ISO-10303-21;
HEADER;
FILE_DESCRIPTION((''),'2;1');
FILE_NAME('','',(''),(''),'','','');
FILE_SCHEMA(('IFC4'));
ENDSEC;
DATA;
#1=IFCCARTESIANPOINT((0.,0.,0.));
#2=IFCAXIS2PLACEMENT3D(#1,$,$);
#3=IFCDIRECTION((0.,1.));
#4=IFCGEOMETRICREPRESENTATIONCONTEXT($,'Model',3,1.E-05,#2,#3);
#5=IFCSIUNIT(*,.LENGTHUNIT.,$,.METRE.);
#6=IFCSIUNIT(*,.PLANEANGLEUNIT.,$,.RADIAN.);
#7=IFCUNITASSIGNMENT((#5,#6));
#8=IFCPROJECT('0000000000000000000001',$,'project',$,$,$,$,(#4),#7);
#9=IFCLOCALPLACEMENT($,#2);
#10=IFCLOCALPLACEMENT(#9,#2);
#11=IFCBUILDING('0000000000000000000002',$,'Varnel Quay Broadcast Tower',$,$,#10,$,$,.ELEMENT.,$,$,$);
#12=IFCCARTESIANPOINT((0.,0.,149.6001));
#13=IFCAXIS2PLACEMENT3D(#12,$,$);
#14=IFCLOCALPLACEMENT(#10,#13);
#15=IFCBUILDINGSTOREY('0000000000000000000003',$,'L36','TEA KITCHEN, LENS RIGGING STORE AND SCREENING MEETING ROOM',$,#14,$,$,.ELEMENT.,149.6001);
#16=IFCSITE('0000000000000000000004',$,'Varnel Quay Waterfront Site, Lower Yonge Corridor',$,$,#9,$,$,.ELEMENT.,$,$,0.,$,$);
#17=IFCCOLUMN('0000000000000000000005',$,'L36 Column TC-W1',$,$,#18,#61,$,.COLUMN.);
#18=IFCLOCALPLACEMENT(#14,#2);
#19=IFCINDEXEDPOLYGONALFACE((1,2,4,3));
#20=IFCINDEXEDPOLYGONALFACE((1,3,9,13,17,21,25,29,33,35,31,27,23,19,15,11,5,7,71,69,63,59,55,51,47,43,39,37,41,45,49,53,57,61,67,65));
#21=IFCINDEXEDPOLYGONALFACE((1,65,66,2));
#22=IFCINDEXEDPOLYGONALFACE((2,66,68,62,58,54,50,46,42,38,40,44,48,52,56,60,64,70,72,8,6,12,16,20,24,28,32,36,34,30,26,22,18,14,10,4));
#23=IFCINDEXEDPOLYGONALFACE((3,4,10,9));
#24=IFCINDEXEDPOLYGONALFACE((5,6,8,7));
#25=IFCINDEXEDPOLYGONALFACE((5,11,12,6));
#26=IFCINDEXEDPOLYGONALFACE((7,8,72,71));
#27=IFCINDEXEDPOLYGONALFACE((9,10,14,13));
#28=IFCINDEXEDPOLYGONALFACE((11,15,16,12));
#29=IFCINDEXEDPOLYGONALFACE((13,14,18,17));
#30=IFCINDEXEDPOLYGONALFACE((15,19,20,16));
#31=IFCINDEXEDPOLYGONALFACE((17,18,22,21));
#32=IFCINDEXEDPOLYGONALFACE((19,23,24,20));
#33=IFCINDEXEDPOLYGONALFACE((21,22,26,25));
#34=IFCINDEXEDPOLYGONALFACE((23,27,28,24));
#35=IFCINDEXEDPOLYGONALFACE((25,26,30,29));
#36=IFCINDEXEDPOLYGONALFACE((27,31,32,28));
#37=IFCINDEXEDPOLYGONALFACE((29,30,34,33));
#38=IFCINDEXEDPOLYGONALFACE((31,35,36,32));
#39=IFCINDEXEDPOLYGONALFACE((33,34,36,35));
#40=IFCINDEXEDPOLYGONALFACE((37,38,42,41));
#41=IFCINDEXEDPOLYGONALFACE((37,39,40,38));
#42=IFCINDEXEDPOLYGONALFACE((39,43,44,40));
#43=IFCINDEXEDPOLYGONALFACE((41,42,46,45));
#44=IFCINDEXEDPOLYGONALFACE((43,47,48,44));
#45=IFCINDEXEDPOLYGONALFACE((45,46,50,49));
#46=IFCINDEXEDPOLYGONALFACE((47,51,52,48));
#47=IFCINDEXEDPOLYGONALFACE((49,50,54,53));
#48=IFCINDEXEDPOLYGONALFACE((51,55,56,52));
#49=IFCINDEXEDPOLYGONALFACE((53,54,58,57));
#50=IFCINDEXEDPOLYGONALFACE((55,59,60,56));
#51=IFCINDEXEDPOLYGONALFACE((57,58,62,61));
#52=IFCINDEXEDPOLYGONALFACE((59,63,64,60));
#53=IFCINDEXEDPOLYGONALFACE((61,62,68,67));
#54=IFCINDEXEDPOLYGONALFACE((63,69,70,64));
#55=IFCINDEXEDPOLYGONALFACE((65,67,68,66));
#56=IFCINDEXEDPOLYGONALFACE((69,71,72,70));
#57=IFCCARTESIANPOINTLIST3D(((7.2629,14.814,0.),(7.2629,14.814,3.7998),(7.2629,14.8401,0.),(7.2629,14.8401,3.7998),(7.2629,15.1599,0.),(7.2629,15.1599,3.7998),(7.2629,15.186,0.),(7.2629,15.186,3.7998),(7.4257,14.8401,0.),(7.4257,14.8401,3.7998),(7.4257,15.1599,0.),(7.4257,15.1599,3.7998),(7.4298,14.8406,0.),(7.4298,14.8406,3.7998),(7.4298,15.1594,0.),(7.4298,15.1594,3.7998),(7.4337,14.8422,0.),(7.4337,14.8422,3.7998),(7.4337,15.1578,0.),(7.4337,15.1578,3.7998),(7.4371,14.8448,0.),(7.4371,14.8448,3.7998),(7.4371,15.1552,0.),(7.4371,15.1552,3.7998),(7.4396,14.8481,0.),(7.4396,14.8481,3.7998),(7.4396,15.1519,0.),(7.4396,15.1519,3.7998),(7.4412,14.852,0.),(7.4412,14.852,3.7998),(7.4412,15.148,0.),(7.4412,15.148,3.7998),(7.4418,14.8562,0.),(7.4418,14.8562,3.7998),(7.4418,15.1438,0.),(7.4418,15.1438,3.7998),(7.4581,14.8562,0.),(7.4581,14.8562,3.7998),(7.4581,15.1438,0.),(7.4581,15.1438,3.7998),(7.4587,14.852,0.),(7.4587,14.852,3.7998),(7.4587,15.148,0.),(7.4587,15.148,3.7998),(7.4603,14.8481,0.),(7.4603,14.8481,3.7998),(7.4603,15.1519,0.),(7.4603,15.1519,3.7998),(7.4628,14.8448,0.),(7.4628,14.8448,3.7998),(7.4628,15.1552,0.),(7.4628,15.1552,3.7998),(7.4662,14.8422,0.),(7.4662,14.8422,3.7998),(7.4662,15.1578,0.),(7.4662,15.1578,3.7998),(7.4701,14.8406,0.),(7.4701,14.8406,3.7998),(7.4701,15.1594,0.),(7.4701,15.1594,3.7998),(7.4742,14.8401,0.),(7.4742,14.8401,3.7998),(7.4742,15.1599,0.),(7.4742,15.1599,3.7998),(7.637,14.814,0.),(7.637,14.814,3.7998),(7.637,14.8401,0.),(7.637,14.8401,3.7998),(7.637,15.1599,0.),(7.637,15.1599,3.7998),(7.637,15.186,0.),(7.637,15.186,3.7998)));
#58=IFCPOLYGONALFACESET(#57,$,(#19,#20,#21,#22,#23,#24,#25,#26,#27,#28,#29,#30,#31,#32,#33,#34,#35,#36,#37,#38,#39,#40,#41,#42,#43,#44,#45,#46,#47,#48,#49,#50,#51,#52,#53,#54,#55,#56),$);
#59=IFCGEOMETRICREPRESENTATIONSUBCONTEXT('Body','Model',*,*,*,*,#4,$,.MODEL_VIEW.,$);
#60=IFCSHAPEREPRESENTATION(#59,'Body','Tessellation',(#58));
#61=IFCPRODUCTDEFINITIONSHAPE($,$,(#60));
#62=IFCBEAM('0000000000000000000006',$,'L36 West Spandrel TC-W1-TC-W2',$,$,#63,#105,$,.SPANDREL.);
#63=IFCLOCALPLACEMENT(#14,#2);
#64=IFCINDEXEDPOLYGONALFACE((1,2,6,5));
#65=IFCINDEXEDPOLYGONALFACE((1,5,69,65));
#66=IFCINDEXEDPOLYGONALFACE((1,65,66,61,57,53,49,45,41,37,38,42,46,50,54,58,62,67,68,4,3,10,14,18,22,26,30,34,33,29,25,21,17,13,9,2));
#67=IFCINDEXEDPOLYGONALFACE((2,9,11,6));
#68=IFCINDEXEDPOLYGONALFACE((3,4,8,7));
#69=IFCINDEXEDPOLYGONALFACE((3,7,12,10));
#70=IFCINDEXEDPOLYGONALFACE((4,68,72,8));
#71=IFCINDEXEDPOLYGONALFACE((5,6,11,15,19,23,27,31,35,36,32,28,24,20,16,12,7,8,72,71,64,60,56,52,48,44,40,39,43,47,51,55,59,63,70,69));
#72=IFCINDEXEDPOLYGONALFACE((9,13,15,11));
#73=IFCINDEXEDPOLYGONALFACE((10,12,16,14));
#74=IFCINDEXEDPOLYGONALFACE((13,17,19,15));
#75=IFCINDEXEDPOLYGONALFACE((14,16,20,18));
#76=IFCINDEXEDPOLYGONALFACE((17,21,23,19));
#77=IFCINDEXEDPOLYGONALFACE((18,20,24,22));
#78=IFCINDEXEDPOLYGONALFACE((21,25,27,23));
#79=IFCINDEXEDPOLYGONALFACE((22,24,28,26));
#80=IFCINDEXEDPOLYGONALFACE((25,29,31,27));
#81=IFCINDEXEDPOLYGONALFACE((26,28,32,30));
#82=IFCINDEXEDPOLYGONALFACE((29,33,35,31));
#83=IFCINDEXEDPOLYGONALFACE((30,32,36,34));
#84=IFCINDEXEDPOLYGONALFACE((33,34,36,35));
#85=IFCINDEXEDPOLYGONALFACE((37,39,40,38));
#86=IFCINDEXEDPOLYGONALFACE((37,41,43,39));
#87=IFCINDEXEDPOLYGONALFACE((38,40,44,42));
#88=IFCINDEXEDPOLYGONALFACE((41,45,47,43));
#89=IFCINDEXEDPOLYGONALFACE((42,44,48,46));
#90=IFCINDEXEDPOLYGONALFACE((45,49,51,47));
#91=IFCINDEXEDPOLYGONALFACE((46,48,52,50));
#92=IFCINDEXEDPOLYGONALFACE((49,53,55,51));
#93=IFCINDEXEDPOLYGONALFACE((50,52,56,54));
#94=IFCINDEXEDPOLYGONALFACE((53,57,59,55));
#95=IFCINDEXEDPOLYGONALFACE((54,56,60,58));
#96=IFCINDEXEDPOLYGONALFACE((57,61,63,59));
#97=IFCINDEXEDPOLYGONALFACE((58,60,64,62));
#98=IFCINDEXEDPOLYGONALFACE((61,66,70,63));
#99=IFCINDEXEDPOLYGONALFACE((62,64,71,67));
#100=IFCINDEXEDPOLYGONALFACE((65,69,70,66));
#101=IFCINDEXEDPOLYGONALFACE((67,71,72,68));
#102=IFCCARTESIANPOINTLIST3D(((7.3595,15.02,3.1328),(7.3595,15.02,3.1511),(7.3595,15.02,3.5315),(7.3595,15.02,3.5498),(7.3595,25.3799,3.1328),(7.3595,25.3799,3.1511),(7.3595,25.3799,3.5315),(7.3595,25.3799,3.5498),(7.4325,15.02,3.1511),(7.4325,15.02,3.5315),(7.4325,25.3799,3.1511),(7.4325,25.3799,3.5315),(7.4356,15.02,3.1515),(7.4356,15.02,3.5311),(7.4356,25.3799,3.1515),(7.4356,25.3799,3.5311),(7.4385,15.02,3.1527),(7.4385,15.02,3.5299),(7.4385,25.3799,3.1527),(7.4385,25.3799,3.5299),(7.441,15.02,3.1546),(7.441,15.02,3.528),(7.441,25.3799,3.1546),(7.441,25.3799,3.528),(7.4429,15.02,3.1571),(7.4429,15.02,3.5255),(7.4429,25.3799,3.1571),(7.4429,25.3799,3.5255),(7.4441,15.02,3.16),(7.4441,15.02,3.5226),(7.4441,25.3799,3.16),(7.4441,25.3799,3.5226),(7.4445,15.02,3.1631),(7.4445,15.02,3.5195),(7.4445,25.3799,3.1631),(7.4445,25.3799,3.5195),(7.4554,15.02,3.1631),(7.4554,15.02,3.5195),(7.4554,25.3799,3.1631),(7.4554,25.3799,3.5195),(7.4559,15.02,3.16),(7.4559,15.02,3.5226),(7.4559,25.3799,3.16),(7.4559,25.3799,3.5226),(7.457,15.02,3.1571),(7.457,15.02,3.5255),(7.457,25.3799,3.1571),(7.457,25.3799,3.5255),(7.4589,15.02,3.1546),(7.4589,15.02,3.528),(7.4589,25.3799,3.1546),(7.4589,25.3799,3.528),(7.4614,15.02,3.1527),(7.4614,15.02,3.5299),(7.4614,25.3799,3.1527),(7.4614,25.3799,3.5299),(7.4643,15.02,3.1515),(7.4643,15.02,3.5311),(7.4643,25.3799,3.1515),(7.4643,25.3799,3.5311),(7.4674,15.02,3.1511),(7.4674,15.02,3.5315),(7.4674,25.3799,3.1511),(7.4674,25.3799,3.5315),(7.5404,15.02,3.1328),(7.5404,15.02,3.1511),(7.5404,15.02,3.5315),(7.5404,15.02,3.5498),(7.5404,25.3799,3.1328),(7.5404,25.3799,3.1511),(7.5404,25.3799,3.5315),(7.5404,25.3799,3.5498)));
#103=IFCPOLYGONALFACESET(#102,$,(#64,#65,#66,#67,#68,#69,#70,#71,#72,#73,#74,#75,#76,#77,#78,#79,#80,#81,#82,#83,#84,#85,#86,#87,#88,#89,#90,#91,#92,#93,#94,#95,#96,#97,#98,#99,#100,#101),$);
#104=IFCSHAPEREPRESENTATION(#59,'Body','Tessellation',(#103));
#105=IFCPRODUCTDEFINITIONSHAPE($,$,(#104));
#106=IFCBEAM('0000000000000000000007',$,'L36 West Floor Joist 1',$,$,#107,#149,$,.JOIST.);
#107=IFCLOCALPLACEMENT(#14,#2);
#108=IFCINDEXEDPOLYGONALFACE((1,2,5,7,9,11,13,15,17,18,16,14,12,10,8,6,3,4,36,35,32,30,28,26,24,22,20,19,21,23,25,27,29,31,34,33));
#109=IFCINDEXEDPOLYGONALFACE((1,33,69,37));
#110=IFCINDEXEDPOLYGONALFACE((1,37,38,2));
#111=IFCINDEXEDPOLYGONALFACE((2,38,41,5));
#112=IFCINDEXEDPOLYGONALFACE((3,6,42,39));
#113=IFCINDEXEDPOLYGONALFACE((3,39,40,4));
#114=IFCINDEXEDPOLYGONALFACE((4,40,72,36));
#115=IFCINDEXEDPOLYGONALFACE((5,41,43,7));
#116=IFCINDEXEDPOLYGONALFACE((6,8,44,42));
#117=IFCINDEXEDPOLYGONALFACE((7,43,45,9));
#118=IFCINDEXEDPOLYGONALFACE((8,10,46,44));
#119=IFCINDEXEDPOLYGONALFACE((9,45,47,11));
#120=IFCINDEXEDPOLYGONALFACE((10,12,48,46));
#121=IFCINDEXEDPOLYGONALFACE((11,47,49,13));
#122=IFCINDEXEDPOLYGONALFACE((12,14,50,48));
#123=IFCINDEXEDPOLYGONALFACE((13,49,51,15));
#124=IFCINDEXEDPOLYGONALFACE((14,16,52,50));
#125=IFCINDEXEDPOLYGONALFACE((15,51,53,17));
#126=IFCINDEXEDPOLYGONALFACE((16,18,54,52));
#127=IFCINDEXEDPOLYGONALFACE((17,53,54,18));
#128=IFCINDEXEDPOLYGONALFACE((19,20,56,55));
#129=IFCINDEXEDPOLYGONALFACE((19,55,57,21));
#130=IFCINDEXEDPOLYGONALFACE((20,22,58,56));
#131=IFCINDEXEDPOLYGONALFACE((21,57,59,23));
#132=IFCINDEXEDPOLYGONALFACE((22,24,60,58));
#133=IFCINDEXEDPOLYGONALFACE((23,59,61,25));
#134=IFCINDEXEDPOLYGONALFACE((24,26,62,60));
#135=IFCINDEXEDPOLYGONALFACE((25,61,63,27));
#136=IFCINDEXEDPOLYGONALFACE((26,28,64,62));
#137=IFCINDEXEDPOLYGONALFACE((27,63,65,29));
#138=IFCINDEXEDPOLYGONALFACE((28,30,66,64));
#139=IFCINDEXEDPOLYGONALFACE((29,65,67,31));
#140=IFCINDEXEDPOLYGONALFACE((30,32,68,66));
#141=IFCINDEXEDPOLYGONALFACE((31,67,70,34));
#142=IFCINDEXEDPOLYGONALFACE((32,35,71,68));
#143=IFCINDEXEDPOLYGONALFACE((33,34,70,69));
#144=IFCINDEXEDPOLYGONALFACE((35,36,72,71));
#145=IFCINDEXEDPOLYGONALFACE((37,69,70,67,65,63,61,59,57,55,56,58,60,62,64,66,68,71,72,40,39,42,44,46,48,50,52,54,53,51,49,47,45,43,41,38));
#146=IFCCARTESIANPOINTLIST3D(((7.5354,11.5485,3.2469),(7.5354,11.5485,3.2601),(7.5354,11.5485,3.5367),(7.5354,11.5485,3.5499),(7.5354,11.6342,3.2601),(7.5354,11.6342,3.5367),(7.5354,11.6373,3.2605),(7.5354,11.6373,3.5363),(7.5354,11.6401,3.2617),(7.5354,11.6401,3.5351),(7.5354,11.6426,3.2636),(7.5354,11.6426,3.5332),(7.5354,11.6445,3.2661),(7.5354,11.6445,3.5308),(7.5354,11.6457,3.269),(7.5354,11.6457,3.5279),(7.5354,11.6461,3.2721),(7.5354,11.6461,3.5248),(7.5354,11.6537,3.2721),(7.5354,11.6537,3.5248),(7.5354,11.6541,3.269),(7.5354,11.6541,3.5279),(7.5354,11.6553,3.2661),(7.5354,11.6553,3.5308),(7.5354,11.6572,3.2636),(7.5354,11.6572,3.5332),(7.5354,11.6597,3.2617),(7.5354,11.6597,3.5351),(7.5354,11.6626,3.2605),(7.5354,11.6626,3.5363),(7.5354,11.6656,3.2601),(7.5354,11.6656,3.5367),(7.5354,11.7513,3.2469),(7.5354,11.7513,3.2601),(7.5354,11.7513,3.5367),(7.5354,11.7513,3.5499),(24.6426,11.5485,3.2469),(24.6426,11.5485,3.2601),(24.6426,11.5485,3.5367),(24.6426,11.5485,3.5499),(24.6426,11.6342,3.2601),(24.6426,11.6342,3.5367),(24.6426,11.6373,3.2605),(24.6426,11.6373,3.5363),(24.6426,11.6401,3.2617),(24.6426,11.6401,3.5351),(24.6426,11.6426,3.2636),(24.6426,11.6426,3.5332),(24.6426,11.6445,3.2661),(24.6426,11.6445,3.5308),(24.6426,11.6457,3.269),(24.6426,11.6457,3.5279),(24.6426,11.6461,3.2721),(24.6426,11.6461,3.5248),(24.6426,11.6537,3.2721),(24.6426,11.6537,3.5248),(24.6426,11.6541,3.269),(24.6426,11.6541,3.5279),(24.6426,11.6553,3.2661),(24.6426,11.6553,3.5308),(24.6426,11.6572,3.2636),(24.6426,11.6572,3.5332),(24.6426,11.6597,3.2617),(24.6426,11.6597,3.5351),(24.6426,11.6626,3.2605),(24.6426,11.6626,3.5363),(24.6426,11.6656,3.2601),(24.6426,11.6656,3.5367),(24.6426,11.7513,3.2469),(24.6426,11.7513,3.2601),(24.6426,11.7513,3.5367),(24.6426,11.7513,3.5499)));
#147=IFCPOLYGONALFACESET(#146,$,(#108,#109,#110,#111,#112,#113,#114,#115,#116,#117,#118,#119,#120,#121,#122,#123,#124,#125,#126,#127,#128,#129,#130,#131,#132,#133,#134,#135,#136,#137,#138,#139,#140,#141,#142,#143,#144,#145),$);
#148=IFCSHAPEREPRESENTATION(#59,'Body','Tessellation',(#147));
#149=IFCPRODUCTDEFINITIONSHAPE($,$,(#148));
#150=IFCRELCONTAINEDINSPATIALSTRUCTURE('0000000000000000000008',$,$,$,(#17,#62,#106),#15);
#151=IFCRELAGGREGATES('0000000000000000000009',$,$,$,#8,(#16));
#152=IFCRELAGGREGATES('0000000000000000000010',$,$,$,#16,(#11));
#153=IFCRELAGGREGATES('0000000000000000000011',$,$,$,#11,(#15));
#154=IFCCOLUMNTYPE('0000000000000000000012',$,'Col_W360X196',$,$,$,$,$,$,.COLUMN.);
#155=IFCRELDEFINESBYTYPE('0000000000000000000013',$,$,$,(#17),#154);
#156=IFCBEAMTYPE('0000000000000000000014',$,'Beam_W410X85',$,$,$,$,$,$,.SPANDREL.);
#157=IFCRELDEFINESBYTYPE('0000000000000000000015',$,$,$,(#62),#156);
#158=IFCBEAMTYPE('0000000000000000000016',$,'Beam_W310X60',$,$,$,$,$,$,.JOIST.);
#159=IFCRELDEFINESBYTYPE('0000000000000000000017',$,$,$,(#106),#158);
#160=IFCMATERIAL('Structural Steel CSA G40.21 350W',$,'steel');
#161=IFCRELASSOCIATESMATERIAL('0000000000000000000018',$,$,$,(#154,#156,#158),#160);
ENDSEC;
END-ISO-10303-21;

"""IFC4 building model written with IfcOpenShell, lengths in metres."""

from ifc_helpers import new_model, si_unit, direction, frame, origin, origin_2d, place, context, subcontext, project, spatial, i_section, extrude, source, transform, mapped, material, material_profile, profile_set, type_object, type_shapes, element, save


model = new_model("IFC4")

# Units and contexts
model_context = context("Model", 3, precision=1e-05, world=origin(), true_north=direction((0.0, 1.0)))
body_context = subcontext(model_context, "Body", "Model", "MODEL_VIEW")
ifc_project = project(units=[si_unit("LENGTHUNIT", "METRE"), si_unit("PLANEANGLEUNIT", "RADIAN")], contexts=[model_context])

# Site, building, storey
site_placement = place(None, origin())
site = spatial("IfcSite", under=ifc_project, at=site_placement, Name="Varnel Quay Waterfront Site, Lower Yonge Corridor", CompositionType="ELEMENT", RefElevation=0.0)
building_placement = place(site_placement, origin())
building = spatial("IfcBuilding", under=site, at=building_placement, Name="Varnel Quay Broadcast Tower", CompositionType="ELEMENT")
storey_placement = place(building_placement, frame((0.0, 0.0, 149.6001)))
storey = spatial("IfcBuildingStorey", under=building, at=storey_placement, Name="L36", Description="TEA KITCHEN, LENS RIGGING STORE AND SCREENING MEETING ROOM", CompositionType="ELEMENT", Elevation=149.6001)

# Column
ifc_material_1 = material(Name="Structural Steel CSA G40.21 350W", Category="steel")
ifc_material_profile_1 = material_profile(ifc_material_1, i_section(OverallWidth=0.374, OverallDepth=0.3721, WebThickness=0.0164, FlangeThickness=0.0261, FilletRadius=0.0161, at=origin_2d()), Name="W360X196")
ifc_profile_set_1 = profile_set([ifc_material_profile_1], Name="Structural Steel CSA G40.21 350W")
column_type = type_object("IfcColumnType", Name="Col_W360X196", PredefinedType="COLUMN", material=ifc_profile_set_1)
shared_shape_1 = source(origin(), body_context, "Body", "SweptSolid", [
    extrude(i_section(OverallWidth=0.374, OverallDepth=0.3721, WebThickness=0.0164, FlangeThickness=0.0261, FilletRadius=0.0161, at=origin_2d()), origin(), (0.0, 0.0, 1.0), 3.7998),
])
type_shapes(column_type, [shared_shape_1])
column_placement = place(storey_placement, frame((7.45, 15.0, 0.0), z_axis=(0.0, 0.0, 1.0), x_axis=(1.0, 0.0, 0.0)))
element("IfcColumn", 1, at=column_placement, inside=storey, type_object=column_type, Name="L36 Column TC-W1", PredefinedType="COLUMN", context=body_context, shape_type="MappedRepresentation", body=[
    mapped(shared_shape_1, transform((0.0, 0.0, 0.0), x_axis=(1.0, 0.0, 0.0), y_axis=(0.0, 1.0, 0.0), z_axis=(0.0, 0.0, 1.0), scale=1.0)),
])

# Beams
ifc_material_profile_2 = material_profile(ifc_material_1, i_section(OverallWidth=0.1809, OverallDepth=0.417, WebThickness=0.011, FlangeThickness=0.0183, FilletRadius=0.012, at=origin_2d()), Name="W410X85")
ifc_profile_set_2 = profile_set([ifc_material_profile_2], Name="Structural Steel CSA G40.21 350W")
beam_type_1 = type_object("IfcBeamType", Name="Beam_W410X85", PredefinedType="SPANDREL", material=ifc_profile_set_2)
shared_shape_2 = source(origin(), body_context, "Body", "SweptSolid", [
    extrude(i_section(OverallWidth=0.1809, OverallDepth=0.417, WebThickness=0.011, FlangeThickness=0.0183, FilletRadius=0.012, at=origin_2d()), origin(), (0.0, 0.0, 1.0), 10.3599),
])
type_shapes(beam_type_1, [shared_shape_2])
beam_1_placement = place(storey_placement, frame((7.45, 15.02, 3.3413), z_axis=(0.0, 1.0, 0.0), x_axis=(-1.0, 0.0, 0.0)))
element("IfcBeam", 2, at=beam_1_placement, inside=storey, type_object=beam_type_1, Name="L36 West Spandrel TC-W1-TC-W2", PredefinedType="SPANDREL", context=body_context, shape_type="MappedRepresentation", body=[
    mapped(shared_shape_2, transform((0.0, 0.0, 0.0), x_axis=(1.0, 0.0, 0.0), y_axis=(0.0, 1.0, 0.0), z_axis=(0.0, 0.0, 1.0), scale=1.0)),
])
ifc_material_profile_3 = material_profile(ifc_material_1, i_section(OverallWidth=0.2029, OverallDepth=0.303, WebThickness=0.0076, FlangeThickness=0.0132, FilletRadius=0.012, at=origin_2d()), Name="W310X60")
ifc_profile_set_3 = profile_set([ifc_material_profile_3], Name="Structural Steel CSA G40.21 350W")
beam_type_2 = type_object("IfcBeamType", Name="Beam_W310X60", PredefinedType="JOIST", material=ifc_profile_set_3)
shared_shape_3 = source(origin(), body_context, "Body", "SweptSolid", [
    extrude(i_section(OverallWidth=0.2029, OverallDepth=0.303, WebThickness=0.0076, FlangeThickness=0.0132, FilletRadius=0.012, at=origin_2d()), origin(), (0.0, 0.0, 1.0), 17.1072),
])
type_shapes(beam_type_2, [shared_shape_3])
for number, where, z_axis, x_axis, name in (
    (3, (7.5354, 11.6499, 3.3984), (1.0, 0.0, 0.0), (0.0, 1.0, 0.0), "L36 West Floor Joist 1"),
):
    element("IfcBeam", number, at=place(storey_placement, frame(where, z_axis=z_axis, x_axis=x_axis)), inside=storey, type_object=beam_type_2, Name=name, PredefinedType="JOIST", context=body_context, shape_type="MappedRepresentation", body=[
        mapped(shared_shape_3, transform((0.0, 0.0, 0.0), x_axis=(1.0, 0.0, 0.0), y_axis=(0.0, 1.0, 0.0), z_axis=(0.0, 0.0, 1.0), scale=1.0)),
    ])

save(model, "model.ifc")
